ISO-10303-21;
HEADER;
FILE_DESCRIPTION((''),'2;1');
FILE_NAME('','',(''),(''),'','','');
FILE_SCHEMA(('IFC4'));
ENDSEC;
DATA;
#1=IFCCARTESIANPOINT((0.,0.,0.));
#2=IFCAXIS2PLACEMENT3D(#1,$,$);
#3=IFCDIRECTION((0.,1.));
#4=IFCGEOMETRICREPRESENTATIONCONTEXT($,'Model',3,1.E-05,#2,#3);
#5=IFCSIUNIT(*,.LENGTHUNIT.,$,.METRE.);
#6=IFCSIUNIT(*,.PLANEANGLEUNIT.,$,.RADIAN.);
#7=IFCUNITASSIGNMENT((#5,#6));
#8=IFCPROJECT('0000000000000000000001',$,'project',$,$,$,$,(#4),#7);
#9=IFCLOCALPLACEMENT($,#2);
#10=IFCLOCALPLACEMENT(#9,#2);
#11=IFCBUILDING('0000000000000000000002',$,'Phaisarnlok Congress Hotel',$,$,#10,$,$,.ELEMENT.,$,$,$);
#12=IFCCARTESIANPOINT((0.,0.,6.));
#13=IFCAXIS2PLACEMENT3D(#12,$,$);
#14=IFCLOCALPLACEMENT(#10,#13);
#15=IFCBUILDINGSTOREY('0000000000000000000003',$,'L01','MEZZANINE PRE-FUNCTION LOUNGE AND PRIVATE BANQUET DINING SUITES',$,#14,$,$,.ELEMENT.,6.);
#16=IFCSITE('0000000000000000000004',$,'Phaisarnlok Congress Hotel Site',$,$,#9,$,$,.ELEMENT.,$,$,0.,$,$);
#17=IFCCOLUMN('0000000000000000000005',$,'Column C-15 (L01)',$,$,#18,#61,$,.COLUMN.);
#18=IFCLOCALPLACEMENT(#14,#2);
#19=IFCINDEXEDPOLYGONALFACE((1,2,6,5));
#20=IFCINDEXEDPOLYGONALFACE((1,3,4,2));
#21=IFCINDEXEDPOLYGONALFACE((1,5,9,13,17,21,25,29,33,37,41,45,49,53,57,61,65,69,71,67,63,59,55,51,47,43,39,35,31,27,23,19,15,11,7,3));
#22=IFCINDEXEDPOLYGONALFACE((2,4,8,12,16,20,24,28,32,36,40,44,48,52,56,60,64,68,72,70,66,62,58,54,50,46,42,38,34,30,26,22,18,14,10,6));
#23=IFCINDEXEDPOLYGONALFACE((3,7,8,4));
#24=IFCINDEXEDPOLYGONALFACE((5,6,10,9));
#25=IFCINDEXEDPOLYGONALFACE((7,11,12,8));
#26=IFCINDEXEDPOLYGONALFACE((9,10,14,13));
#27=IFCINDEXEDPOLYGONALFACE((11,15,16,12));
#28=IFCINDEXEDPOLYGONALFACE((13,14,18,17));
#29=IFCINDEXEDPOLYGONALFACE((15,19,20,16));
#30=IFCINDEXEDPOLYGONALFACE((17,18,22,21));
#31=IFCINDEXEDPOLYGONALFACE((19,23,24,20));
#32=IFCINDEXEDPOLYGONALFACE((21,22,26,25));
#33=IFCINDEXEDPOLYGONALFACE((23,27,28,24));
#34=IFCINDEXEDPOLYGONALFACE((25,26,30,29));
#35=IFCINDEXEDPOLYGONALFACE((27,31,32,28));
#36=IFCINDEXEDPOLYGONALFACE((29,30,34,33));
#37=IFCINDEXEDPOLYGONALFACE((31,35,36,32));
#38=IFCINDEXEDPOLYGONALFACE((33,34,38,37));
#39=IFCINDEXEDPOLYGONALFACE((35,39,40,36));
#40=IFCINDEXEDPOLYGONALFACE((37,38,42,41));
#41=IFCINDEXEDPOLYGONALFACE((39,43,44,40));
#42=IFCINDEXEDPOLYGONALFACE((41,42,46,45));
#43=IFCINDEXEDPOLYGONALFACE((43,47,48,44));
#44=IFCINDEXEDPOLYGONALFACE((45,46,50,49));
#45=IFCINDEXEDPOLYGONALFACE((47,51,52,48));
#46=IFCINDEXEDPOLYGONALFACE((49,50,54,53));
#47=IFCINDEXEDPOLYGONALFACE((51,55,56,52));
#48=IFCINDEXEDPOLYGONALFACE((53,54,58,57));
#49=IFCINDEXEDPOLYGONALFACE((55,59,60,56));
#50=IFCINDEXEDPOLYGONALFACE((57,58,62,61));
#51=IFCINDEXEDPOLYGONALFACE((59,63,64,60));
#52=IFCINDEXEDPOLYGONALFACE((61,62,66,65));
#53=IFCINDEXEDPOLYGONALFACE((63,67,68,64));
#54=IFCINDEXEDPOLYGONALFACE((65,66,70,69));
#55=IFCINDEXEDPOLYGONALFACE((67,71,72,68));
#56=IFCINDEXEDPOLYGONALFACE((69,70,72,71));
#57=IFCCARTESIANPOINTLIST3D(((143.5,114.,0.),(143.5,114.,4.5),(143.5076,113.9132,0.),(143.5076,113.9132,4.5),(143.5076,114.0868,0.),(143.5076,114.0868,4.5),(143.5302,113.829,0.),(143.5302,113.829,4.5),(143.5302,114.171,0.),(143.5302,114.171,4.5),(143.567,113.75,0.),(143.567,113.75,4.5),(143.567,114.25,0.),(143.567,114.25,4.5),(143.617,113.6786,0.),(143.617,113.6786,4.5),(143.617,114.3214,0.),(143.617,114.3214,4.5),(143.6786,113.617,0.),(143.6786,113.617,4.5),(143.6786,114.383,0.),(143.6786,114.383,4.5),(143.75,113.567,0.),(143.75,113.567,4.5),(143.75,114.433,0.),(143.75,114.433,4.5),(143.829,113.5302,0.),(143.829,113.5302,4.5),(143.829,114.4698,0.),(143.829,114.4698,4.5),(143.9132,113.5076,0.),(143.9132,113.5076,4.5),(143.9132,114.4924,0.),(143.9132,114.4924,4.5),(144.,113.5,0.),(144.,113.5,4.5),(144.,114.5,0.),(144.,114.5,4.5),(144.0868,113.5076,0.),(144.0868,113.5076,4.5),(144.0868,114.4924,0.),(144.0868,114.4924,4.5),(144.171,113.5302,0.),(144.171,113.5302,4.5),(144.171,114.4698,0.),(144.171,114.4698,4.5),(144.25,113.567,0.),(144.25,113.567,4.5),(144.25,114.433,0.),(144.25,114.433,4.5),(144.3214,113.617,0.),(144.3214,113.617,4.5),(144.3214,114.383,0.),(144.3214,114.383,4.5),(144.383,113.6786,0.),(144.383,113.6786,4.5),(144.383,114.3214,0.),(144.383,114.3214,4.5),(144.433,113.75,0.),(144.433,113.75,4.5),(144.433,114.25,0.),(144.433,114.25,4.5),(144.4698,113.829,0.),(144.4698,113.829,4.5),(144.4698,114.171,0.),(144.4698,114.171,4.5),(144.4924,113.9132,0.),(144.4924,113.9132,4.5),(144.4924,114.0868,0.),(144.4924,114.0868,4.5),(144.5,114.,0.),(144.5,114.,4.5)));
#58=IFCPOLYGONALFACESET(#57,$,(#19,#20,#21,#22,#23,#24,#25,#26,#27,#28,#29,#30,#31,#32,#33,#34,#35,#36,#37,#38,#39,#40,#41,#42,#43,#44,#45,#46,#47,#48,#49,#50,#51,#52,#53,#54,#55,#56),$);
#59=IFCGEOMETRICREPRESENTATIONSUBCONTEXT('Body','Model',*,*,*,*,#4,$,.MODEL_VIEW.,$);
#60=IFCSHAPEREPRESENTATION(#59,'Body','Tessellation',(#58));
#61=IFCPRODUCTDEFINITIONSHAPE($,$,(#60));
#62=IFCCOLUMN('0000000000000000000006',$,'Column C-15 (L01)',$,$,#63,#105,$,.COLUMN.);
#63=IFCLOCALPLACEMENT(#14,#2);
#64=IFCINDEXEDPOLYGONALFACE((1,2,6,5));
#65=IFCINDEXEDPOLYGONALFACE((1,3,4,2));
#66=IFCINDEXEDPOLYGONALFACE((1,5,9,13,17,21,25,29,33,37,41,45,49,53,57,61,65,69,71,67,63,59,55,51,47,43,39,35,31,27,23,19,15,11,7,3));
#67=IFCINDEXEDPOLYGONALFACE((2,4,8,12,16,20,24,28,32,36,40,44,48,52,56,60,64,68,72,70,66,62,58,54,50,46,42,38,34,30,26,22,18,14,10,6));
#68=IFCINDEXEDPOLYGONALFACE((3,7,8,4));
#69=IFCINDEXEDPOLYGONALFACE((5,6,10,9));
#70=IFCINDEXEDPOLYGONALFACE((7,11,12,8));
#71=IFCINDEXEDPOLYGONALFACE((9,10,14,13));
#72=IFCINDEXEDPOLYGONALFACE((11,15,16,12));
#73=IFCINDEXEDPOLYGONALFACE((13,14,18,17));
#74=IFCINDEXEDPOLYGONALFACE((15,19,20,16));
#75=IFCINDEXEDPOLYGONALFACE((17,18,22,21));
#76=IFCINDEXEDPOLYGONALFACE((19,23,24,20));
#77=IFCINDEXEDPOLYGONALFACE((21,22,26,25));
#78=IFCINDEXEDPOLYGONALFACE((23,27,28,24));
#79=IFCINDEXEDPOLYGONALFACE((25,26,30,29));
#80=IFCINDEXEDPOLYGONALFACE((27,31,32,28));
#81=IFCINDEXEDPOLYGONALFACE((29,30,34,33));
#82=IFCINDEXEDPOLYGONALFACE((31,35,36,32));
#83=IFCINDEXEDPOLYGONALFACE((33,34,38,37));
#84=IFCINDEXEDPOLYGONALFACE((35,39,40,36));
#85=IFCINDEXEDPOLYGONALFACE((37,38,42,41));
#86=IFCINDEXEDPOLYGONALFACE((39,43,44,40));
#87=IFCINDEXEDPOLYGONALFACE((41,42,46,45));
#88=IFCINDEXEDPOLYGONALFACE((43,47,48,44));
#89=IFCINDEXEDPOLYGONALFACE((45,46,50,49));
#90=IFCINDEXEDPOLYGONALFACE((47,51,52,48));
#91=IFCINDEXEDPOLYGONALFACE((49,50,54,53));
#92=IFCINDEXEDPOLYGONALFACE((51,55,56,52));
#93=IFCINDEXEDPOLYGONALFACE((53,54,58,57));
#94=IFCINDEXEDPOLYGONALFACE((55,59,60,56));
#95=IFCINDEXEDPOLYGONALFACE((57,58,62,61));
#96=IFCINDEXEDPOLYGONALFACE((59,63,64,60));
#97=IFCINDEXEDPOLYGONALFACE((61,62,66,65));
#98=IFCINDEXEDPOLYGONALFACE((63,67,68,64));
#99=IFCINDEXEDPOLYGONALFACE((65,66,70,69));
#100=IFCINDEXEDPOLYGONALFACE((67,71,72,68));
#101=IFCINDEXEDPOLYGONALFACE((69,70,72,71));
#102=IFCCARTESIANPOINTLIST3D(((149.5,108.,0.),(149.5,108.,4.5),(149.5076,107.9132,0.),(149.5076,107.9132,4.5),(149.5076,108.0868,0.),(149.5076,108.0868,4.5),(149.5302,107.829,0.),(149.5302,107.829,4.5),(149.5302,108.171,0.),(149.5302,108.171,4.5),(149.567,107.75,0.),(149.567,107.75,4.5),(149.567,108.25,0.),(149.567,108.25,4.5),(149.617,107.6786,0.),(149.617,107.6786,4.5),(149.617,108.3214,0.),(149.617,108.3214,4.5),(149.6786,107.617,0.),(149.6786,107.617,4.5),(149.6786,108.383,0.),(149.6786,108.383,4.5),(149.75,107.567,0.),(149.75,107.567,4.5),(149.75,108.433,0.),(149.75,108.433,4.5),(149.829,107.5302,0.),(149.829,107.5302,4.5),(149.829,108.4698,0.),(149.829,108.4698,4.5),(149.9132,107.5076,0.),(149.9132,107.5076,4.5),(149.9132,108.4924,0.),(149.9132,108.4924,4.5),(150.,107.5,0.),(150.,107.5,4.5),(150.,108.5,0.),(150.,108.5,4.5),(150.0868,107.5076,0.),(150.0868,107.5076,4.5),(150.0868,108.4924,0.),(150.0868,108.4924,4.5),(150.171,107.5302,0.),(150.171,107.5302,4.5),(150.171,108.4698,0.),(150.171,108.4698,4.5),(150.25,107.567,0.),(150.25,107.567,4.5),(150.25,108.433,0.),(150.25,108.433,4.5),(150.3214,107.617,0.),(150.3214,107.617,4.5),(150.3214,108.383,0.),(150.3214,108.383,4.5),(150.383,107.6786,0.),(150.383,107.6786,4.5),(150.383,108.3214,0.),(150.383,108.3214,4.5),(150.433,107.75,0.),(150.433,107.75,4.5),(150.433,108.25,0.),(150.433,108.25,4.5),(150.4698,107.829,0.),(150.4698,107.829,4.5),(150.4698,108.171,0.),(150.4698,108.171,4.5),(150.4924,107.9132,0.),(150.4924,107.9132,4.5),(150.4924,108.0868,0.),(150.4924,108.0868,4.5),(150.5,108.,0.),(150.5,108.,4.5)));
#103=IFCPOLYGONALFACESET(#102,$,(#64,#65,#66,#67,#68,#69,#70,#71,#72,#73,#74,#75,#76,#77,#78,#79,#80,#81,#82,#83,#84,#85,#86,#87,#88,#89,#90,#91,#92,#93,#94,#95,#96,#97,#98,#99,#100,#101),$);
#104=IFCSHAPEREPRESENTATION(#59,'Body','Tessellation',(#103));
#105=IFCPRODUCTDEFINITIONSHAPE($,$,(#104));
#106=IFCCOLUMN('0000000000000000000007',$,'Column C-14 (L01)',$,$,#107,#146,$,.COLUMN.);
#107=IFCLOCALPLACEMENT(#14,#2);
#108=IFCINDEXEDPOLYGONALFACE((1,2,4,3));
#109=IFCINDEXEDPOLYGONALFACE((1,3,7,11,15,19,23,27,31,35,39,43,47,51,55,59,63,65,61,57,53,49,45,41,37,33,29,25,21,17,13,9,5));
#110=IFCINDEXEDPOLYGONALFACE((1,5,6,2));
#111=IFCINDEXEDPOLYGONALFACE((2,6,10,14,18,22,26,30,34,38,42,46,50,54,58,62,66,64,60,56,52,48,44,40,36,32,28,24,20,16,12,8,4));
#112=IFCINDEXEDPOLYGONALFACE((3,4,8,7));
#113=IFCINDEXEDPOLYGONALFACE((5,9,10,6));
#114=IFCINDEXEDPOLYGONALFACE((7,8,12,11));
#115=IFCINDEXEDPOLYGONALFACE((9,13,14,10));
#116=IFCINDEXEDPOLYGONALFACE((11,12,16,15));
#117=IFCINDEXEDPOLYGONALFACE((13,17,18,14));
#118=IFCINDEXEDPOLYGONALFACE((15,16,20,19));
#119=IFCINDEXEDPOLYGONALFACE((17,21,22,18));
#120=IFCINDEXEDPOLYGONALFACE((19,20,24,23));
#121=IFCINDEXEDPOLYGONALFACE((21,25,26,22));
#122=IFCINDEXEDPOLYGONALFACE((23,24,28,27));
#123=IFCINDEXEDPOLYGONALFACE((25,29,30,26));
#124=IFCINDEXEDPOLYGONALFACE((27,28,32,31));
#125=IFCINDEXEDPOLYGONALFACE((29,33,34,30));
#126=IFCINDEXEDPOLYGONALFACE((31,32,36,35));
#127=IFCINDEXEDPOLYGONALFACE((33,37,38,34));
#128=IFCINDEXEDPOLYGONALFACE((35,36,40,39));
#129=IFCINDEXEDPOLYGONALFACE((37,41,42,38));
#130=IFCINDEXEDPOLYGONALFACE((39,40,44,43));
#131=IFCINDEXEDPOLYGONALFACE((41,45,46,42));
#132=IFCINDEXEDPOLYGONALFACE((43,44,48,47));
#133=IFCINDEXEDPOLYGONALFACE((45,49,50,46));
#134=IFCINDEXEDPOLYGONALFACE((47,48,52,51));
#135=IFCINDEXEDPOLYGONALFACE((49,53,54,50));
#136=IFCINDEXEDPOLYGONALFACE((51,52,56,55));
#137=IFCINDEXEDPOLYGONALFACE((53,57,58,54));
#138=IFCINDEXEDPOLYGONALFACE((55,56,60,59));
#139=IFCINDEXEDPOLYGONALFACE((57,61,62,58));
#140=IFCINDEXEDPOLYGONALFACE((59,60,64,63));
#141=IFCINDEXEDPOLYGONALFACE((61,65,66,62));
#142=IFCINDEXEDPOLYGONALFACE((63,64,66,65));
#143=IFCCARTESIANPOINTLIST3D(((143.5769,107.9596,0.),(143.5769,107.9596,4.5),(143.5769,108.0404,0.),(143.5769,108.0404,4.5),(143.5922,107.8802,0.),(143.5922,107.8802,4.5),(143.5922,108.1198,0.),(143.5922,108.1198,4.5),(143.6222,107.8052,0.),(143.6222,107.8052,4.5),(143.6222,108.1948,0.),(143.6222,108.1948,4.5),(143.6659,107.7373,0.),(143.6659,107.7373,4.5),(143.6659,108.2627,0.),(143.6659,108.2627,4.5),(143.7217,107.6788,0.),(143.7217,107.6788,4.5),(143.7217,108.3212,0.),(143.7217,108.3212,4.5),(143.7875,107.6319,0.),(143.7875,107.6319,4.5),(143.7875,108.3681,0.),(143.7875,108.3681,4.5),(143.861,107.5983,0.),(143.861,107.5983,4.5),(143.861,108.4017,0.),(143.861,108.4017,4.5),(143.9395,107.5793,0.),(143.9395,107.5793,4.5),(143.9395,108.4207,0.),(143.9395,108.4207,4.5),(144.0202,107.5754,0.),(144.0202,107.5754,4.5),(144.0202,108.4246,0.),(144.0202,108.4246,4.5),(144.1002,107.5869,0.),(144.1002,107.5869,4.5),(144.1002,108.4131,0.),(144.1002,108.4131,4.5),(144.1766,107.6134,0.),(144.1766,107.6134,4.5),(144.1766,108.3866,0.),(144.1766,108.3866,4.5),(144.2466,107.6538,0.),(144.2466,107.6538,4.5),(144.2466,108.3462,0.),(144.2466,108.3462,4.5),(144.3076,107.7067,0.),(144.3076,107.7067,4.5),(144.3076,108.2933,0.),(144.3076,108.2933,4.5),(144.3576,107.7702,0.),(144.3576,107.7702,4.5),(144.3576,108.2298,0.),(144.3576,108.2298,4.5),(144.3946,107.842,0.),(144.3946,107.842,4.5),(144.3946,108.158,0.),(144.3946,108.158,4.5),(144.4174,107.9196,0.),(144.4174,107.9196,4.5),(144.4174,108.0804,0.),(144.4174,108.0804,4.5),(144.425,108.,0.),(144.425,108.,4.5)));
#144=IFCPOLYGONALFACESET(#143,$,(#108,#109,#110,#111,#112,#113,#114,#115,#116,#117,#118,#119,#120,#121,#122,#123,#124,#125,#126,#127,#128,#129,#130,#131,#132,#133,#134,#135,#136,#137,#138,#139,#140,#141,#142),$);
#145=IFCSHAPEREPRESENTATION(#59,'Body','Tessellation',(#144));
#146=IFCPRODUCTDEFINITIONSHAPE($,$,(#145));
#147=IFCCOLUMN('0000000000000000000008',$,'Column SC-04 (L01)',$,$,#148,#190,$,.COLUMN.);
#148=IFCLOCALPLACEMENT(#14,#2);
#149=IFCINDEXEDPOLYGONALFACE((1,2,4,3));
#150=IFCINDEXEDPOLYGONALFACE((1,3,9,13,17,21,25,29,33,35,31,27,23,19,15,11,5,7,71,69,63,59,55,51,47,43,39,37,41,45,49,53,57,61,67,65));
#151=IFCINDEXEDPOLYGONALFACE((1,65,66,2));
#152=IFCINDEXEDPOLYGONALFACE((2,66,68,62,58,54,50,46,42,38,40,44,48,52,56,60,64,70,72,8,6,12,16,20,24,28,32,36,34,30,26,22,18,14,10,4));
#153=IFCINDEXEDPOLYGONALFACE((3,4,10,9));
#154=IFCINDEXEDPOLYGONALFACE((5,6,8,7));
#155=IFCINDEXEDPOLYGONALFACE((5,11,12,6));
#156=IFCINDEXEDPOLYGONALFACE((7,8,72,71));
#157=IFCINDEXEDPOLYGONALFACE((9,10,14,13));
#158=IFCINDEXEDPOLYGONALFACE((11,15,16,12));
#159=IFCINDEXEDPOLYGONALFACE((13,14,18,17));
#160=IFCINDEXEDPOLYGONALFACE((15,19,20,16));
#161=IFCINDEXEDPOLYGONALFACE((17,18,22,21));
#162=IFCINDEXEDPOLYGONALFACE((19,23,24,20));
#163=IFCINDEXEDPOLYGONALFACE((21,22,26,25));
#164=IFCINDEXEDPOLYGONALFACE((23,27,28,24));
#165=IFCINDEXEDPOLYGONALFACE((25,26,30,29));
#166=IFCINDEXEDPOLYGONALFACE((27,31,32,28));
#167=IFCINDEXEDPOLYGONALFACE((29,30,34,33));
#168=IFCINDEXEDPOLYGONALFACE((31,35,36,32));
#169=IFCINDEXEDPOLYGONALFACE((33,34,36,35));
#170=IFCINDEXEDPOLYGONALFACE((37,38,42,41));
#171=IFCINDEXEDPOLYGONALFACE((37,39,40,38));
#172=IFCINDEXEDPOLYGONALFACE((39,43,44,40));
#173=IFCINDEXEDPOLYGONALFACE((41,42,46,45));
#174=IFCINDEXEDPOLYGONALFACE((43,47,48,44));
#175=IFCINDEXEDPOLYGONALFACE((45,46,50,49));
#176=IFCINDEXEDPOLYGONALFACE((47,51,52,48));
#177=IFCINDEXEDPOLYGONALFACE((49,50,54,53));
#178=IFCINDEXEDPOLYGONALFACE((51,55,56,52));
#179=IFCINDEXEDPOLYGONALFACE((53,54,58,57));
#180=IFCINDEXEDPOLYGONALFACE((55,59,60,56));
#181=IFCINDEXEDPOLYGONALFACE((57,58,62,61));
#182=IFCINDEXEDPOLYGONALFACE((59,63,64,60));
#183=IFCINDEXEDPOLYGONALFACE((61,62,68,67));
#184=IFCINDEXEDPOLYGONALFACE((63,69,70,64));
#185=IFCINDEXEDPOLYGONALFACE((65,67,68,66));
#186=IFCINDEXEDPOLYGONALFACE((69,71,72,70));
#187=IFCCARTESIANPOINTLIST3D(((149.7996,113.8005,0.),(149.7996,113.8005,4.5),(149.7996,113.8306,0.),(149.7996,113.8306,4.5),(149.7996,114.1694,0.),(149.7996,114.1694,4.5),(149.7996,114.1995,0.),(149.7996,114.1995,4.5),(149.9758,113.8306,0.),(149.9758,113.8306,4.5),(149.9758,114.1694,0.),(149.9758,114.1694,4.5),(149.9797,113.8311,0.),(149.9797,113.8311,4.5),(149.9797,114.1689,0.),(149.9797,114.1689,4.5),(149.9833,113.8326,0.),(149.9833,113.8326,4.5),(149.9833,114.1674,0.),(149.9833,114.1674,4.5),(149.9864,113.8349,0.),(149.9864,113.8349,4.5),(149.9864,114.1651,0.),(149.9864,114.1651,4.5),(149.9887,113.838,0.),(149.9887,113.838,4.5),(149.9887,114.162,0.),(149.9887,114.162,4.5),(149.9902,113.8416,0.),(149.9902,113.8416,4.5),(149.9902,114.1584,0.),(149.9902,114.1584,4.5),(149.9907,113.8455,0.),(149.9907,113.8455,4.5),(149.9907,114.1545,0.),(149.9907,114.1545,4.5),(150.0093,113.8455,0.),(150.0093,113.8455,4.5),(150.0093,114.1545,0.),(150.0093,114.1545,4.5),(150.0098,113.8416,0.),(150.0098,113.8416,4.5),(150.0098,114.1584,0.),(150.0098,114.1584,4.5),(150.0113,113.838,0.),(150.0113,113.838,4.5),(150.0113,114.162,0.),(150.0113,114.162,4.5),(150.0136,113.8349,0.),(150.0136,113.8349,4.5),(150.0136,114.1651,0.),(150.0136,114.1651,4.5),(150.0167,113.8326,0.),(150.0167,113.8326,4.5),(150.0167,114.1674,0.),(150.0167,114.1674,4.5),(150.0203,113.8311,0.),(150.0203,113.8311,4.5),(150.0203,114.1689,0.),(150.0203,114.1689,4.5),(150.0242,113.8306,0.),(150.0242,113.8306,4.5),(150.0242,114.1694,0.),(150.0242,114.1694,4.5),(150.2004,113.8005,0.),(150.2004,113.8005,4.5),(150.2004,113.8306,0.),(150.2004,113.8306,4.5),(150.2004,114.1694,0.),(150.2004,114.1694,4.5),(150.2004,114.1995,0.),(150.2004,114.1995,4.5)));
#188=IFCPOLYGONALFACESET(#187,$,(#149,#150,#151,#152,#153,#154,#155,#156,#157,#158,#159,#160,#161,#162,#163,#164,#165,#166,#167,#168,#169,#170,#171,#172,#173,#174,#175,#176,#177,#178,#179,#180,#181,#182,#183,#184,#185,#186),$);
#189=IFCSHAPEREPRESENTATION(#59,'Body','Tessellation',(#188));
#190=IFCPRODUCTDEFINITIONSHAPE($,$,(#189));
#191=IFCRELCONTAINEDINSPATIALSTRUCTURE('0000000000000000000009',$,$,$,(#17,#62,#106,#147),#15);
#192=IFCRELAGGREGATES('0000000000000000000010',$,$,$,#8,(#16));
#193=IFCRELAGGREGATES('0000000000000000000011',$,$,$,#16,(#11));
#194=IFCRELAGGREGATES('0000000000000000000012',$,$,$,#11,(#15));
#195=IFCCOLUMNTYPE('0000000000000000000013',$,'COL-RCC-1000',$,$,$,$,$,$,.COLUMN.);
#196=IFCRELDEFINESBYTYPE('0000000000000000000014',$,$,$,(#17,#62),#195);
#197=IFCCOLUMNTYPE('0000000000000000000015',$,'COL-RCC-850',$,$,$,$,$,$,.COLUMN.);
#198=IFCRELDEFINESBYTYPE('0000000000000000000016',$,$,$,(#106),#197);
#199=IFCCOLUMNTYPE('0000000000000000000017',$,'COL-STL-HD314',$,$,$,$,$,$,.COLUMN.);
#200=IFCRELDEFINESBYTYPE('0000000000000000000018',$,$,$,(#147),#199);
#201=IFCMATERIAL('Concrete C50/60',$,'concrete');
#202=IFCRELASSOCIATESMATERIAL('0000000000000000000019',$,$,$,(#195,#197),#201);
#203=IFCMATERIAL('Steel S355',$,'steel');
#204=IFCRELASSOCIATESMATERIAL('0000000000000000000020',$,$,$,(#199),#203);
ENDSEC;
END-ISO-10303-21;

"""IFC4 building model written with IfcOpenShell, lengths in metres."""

from ifc_helpers import new_model, si_unit, direction, frame, origin, origin_2d, place, context, subcontext, project, spatial, circle, i_section, extrude, material, material_profile, profile_set, type_object, element, save


model = new_model("IFC4")

# Units and contexts
model_context = context("Model", 3, precision=1e-05, world=origin(), true_north=direction((0.0, 1.0)))
body_context = subcontext(model_context, "Body", "Model", "MODEL_VIEW")
ifc_project = project(units=[si_unit("LENGTHUNIT", "METRE"), si_unit("PLANEANGLEUNIT", "RADIAN")], contexts=[model_context])

# Site, building, storey
site_placement = place(None, origin())
site = spatial("IfcSite", under=ifc_project, at=site_placement, Name="Phaisarnlok Congress Hotel Site", CompositionType="ELEMENT", RefElevation=0.0)
building_placement = place(site_placement, origin())
building = spatial("IfcBuilding", under=site, at=building_placement, Name="Phaisarnlok Congress Hotel", CompositionType="ELEMENT")
storey_placement = place(building_placement, frame((0.0, 0.0, 6.0)))
storey = spatial("IfcBuildingStorey", under=building, at=storey_placement, Name="L01", Description="MEZZANINE PRE-FUNCTION LOUNGE AND PRIVATE BANQUET DINING SUITES", CompositionType="ELEMENT", Elevation=6.0)

# Columns
ifc_material_1 = material(Name="Concrete C50/60", Category="concrete")
ifc_material_profile_1 = material_profile(ifc_material_1, circle(Radius=0.5, at=origin_2d()), Name="RCC D1000")
ifc_profile_set_1 = profile_set([ifc_material_profile_1], Name="Concrete C50/60")
column_type_1 = type_object("IfcColumnType", Name="COL-RCC-1000", PredefinedType="COLUMN", material=ifc_profile_set_1)
for number, where, z_axis, x_axis, name in (
    (1, (144.0, 114.0, 0.0), (0.0, 0.0, 1.0), (1.0, 0.0, 0.0), "Column C-15 (L01)"),
    (2, (150.0, 108.0, 0.0), (0.0, 0.0, 1.0), (1.0, 0.0, 0.0), "Column C-15 (L01)"),
):
    element("IfcColumn", number, at=place(storey_placement, frame(where, z_axis=z_axis, x_axis=x_axis)), inside=storey, type_object=column_type_1, Name=name, PredefinedType="COLUMN", context=body_context, shape_type="SweptSolid", body=[
        extrude(circle(Radius=0.5, at=origin_2d()), origin(), (0.0, 0.0, 1.0), 4.5),
    ])
ifc_material_profile_2 = material_profile(ifc_material_1, circle(Radius=0.425, at=origin_2d()), Name="RCC D850")
ifc_profile_set_2 = profile_set([ifc_material_profile_2], Name="Concrete C50/60")
column_type_2 = type_object("IfcColumnType", Name="COL-RCC-850", PredefinedType="COLUMN", material=ifc_profile_set_2)
column_1_placement = place(storey_placement, frame((144.0, 108.0, 0.0), z_axis=(0.0, 0.0, 1.0), x_axis=(1.0, 0.0, 0.0)))
element("IfcColumn", 3, at=column_1_placement, inside=storey, type_object=column_type_2, Name="Column C-14 (L01)", PredefinedType="COLUMN", context=body_context, shape_type="SweptSolid", body=[
    extrude(circle(Radius=0.425, at=origin_2d()), origin(), (0.0, 0.0, 1.0), 4.5),
])
ifc_material_2 = material(Name="Steel S355", Category="steel")
ifc_material_profile_3 = material_profile(ifc_material_2, i_section(OverallWidth=0.4009, OverallDepth=0.3989, WebThickness=0.0186, FlangeThickness=0.03, FilletRadius=0.0149, at=origin_2d()), Name="HD 400x314")
ifc_profile_set_3 = profile_set([ifc_material_profile_3], Name="Steel S355")
column_type_3 = type_object("IfcColumnType", Name="COL-STL-HD314", PredefinedType="COLUMN", material=ifc_profile_set_3)
column_2_placement = place(storey_placement, frame((150.0, 114.0, 0.0), z_axis=(0.0, 0.0, 1.0), x_axis=(1.0, 0.0, 0.0)))
element("IfcColumn", 4, at=column_2_placement, inside=storey, type_object=column_type_3, Name="Column SC-04 (L01)", PredefinedType="COLUMN", context=body_context, shape_type="SweptSolid", body=[
    extrude(i_section(OverallWidth=0.4009, OverallDepth=0.3989, WebThickness=0.0186, FlangeThickness=0.03, FilletRadius=0.0149, at=origin_2d()), origin(), (0.0, 0.0, 1.0), 4.5),
])

save(model, "model.ifc")
